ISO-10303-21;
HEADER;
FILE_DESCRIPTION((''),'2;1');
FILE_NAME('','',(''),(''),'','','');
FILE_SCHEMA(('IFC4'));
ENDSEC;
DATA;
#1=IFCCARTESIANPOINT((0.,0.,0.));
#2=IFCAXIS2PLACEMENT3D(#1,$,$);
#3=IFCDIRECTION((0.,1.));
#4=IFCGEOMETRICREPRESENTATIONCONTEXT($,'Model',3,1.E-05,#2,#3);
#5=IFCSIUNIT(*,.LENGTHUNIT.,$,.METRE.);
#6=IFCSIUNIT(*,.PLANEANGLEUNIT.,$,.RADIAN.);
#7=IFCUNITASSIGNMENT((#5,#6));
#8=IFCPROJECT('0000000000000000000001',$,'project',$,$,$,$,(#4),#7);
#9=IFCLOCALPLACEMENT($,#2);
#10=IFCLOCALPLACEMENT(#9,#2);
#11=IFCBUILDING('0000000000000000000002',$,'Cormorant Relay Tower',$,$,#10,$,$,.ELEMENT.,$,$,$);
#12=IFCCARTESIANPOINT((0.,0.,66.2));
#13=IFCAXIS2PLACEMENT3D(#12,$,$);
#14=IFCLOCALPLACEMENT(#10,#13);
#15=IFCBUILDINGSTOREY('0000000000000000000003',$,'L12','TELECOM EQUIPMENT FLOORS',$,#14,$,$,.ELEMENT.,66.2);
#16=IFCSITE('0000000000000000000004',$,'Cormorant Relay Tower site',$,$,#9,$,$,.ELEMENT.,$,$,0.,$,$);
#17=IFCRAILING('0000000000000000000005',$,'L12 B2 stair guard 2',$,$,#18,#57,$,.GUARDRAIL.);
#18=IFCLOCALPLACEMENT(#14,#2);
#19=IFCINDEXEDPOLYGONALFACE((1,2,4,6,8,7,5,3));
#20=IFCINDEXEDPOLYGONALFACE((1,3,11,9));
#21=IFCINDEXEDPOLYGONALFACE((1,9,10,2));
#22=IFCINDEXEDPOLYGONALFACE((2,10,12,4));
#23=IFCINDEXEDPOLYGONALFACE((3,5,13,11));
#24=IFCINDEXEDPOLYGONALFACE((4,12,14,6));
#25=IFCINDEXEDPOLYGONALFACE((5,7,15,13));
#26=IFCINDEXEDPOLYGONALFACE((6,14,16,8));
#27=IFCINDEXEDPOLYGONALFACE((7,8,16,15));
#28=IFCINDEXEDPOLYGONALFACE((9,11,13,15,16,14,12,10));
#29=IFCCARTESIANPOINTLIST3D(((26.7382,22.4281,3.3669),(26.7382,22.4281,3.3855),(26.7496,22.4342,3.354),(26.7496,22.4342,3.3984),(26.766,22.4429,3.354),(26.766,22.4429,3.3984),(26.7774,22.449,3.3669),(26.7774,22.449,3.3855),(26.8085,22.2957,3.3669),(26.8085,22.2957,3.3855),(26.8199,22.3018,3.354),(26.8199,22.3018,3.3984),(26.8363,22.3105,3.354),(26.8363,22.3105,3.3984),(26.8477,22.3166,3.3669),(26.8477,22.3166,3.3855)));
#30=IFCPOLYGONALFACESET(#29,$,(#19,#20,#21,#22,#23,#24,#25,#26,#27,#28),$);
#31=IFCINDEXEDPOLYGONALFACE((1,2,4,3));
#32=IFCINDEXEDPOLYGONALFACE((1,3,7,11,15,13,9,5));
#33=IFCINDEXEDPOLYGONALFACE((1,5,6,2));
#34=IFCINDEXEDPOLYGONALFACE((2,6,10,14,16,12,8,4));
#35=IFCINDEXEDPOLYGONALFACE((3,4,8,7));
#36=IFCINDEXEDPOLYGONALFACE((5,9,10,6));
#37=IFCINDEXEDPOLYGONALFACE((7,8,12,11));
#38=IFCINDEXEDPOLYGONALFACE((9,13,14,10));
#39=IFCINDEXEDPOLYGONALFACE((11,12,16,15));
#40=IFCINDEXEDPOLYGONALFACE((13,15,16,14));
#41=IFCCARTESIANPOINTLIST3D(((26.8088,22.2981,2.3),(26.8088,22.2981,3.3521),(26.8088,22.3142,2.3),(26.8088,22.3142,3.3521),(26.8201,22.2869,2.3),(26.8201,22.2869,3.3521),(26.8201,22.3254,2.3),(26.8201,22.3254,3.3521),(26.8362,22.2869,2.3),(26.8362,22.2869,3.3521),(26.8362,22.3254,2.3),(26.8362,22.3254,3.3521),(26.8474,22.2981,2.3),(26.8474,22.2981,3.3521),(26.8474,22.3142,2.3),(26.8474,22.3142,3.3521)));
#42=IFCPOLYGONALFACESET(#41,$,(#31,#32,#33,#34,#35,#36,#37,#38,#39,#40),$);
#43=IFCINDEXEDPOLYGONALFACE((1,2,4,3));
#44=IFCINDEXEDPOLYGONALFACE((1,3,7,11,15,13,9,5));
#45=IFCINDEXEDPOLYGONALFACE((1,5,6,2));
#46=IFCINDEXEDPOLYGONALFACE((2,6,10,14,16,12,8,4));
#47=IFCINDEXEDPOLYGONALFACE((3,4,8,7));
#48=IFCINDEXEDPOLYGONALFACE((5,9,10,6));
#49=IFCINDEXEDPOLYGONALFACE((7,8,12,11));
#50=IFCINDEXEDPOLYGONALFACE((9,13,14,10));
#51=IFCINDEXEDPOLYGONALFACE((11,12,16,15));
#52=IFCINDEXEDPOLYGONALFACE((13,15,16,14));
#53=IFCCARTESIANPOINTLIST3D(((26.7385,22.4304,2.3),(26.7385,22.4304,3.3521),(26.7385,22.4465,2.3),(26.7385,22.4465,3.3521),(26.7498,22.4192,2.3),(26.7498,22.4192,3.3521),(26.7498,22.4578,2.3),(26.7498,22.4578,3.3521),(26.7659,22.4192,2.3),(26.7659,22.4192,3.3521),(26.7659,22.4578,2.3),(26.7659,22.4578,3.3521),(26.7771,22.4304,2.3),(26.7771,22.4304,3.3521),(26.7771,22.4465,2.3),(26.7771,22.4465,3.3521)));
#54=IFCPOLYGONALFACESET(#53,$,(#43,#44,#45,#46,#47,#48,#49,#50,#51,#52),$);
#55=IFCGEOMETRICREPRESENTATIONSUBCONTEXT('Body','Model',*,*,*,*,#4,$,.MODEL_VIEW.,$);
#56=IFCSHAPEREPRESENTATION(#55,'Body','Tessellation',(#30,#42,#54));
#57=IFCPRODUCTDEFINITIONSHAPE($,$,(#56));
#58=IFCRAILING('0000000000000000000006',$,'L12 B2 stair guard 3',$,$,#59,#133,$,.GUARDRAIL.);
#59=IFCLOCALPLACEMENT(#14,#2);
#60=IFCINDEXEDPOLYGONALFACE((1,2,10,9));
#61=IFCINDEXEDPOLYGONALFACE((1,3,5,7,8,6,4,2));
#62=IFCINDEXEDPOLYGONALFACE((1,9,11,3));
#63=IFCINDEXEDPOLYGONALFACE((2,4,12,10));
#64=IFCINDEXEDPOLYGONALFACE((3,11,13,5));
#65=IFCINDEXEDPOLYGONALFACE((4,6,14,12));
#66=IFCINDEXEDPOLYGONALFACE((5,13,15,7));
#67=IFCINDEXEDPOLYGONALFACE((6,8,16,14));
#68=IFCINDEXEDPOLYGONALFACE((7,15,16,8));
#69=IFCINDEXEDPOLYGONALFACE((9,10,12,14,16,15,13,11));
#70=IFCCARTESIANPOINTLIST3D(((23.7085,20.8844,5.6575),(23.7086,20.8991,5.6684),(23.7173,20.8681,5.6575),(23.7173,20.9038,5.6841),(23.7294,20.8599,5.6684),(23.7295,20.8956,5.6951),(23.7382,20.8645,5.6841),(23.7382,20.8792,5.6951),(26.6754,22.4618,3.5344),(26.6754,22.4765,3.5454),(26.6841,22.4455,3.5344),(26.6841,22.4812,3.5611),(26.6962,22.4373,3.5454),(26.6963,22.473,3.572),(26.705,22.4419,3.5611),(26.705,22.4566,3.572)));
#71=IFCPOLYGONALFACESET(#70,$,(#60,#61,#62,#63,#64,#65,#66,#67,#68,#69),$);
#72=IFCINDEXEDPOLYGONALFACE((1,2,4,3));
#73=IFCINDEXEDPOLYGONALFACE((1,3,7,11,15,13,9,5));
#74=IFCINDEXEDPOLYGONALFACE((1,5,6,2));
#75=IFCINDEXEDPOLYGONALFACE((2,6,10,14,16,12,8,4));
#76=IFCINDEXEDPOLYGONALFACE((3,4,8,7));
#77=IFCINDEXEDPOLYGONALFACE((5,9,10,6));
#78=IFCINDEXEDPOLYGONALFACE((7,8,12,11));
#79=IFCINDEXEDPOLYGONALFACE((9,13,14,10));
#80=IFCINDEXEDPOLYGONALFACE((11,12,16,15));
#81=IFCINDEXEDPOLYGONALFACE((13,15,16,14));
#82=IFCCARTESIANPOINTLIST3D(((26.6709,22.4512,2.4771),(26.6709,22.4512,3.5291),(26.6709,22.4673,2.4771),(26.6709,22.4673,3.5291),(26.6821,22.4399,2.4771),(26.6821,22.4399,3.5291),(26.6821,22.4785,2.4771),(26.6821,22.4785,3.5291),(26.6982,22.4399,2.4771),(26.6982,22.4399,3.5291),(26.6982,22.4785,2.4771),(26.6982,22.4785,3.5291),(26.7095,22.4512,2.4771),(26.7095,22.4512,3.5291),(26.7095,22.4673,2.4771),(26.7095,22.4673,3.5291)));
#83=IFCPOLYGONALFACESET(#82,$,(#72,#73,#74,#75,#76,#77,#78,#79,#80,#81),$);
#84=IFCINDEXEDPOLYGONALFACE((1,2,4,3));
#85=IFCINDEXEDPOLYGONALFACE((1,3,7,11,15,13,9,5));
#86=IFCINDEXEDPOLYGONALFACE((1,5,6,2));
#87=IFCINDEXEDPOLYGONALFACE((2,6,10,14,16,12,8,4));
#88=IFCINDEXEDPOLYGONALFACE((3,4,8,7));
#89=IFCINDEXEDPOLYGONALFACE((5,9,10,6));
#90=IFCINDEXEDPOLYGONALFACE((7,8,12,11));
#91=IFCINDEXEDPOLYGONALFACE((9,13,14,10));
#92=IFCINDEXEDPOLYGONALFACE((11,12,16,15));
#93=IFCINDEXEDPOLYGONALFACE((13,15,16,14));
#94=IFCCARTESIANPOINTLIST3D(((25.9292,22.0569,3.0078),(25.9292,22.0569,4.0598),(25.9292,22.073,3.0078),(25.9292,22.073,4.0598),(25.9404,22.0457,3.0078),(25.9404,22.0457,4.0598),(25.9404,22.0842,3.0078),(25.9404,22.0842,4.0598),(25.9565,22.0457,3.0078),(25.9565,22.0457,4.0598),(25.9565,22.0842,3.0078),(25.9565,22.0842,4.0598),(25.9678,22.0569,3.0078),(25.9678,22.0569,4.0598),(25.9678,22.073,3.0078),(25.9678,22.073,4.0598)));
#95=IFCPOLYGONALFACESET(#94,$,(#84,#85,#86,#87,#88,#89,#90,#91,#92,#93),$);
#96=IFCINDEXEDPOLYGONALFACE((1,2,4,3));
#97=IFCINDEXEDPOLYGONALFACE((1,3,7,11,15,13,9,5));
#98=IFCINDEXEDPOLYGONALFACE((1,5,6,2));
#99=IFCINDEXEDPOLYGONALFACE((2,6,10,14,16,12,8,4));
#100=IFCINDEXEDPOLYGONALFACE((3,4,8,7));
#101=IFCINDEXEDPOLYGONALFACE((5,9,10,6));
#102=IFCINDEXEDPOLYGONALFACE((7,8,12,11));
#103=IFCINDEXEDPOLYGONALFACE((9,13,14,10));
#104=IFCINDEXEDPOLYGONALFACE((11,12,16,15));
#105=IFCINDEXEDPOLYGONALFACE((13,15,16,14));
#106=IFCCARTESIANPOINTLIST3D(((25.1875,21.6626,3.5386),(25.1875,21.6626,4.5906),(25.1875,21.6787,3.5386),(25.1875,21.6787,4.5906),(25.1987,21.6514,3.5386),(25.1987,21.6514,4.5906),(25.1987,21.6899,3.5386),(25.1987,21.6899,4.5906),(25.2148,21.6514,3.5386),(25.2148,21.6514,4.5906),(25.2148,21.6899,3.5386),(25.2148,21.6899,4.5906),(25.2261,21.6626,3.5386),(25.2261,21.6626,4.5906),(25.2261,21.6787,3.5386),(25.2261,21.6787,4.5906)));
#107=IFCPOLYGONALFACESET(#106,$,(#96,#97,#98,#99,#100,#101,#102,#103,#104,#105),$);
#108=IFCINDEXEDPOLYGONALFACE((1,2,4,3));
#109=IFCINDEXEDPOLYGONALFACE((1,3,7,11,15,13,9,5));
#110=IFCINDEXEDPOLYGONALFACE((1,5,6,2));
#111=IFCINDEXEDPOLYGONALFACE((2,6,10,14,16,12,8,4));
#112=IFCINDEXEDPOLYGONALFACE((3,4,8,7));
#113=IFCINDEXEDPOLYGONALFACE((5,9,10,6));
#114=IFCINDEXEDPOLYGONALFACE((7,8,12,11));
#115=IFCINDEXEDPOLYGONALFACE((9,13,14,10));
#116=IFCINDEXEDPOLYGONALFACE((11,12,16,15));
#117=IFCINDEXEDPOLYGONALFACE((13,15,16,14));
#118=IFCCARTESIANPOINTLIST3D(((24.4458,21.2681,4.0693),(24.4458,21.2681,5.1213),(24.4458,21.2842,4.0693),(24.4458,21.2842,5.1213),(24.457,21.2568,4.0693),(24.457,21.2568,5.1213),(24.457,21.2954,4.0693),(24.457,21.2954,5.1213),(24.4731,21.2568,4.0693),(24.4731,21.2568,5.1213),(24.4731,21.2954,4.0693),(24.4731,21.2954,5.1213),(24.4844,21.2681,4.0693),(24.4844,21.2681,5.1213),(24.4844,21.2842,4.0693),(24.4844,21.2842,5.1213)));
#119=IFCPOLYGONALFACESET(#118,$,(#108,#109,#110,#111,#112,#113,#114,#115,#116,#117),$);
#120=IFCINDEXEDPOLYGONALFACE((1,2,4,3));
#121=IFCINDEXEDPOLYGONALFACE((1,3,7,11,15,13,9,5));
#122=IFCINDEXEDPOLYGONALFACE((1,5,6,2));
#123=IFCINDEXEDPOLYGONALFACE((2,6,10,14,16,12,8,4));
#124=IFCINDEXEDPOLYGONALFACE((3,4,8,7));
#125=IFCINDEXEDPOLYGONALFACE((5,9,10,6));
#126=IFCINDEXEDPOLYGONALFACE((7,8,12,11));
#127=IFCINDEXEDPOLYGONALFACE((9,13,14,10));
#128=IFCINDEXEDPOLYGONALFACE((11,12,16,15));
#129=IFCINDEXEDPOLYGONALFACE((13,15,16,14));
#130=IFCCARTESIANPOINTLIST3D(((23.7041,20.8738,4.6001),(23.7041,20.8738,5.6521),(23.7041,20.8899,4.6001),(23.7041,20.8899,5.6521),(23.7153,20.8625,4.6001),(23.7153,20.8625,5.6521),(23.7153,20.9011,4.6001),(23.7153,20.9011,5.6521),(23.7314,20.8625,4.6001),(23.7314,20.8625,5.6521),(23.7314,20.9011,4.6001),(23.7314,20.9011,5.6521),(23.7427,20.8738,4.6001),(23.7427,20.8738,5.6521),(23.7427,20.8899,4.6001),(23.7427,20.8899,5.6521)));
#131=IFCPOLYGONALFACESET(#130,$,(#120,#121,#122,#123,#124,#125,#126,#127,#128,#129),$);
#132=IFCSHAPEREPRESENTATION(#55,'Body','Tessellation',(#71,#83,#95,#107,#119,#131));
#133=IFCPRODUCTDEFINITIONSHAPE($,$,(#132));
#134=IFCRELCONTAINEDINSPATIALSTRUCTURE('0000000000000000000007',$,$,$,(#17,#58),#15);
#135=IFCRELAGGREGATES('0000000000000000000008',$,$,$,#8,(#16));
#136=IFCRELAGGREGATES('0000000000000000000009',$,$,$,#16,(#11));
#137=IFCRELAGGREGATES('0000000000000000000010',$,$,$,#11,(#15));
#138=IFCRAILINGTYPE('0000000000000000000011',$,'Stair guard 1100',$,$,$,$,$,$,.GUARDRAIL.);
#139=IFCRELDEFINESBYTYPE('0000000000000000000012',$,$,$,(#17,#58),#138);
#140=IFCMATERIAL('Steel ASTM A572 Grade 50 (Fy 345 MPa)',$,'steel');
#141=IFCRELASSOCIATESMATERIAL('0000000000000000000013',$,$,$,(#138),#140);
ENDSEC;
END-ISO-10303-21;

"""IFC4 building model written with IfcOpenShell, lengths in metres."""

from ifc_helpers import new_model, si_unit, direction, frame, origin, place, context, subcontext, project, spatial, polyline, outline, extrude, material, type_object, element, save


model = new_model("IFC4")

# Units and contexts
model_context = context("Model", 3, precision=1e-05, world=origin(), true_north=direction((0.0, 1.0)))
body_context = subcontext(model_context, "Body", "Model", "MODEL_VIEW")
ifc_project = project(units=[si_unit("LENGTHUNIT", "METRE"), si_unit("PLANEANGLEUNIT", "RADIAN")], contexts=[model_context])

# Site, building, storey
site_placement = place(None, origin())
site = spatial("IfcSite", under=ifc_project, at=site_placement, Name="Cormorant Relay Tower site", CompositionType="ELEMENT", RefElevation=0.0)
building_placement = place(site_placement, origin())
building = spatial("IfcBuilding", under=site, at=building_placement, Name="Cormorant Relay Tower", CompositionType="ELEMENT")
storey_placement = place(building_placement, frame((0.0, 0.0, 66.2)))
storey = spatial("IfcBuildingStorey", under=building, at=storey_placement, Name="L12", Description="TELECOM EQUIPMENT FLOORS", CompositionType="ELEMENT", Elevation=66.2)

# Railings
ifc_material_1 = material(Name="Steel ASTM A572 Grade 50 (Fy 345 MPa)", Category="steel")
railing_type = type_object("IfcRailingType", Name="Stair guard 1100", PredefinedType="GUARDRAIL", material=ifc_material_1)
railing_1_placement = place(storey_placement, frame((26.8281, 22.3062, 2.3)))
element("IfcRailing", 1, at=railing_1_placement, inside=storey, type_object=railing_type, Name="L12 B2 stair guard 2", PredefinedType="GUARDRAIL", context=body_context, shape_type="SweptSolid", body=[
    extrude(outline(polyline([(0.0222, 0.0093), (0.0093, 0.0222), (-0.0093, 0.0222), (-0.0222, 0.0093), (-0.0222, -0.0093), (-0.0093, -0.0222), (0.0093, -0.0222), (0.0222, -0.0093), (0.0222, 0.0093)])), frame((0.0, 0.0, 1.0762), z_axis=(-0.469235, 0.883074, 0.0), x_axis=(-0.883074, -0.469235, 0.0)), (0.0, 0.0, 1.0), 0.1499),
    extrude(outline(polyline([(0.0193, 0.0081), (0.0081, 0.0193), (-0.0081, 0.0193), (-0.0193, 0.0081), (-0.0193, -0.0081), (-0.0081, -0.0193), (0.0081, -0.0193), (0.0193, -0.0081), (0.0193, 0.0081)])), origin(), (0.0, 0.0, 1.0), 1.052),
    extrude(outline(polyline([(0.0193, 0.0081), (0.0081, 0.0193), (-0.0081, 0.0193), (-0.0193, 0.0081), (-0.0193, -0.0081), (-0.0081, -0.0193), (0.0081, -0.0193), (0.0193, -0.0081), (0.0193, 0.0081)])), frame((-0.0703, 0.1323, 0.0)), (0.0, 0.0, 1.0), 1.052),
])
railing_2_placement = place(storey_placement, frame((26.6902, 22.4592, 2.4771)))
element("IfcRailing", 2, at=railing_2_placement, inside=storey, type_object=railing_type, Name="L12 B2 stair guard 3", PredefinedType="GUARDRAIL", context=body_context, shape_type="SweptSolid", body=[
    extrude(outline(polyline([(0.0222, 0.0093), (0.0093, 0.0222), (-0.0093, 0.0222), (-0.0222, 0.0093), (-0.0222, -0.0093), (-0.0093, -0.0222), (0.0093, -0.0222), (0.0222, -0.0093), (0.0222, 0.0093)])), frame((0.0, 0.0, 1.0762), z_axis=(-0.746441, -0.396869, 0.534155), x_axis=(0.469453, -0.882958, 0.0)), (0.0, 0.0, 1.0), 3.9746),
    extrude(outline(polyline([(0.0193, 0.0081), (0.0081, 0.0193), (-0.0081, 0.0193), (-0.0193, 0.0081), (-0.0193, -0.0081), (-0.0081, -0.0193), (0.0081, -0.0193), (0.0193, -0.0081), (0.0193, 0.0081)])), origin(), (0.0, 0.0, 1.0), 1.052),
    extrude(outline(polyline([(0.0193, 0.0081), (0.0081, 0.0193), (-0.0081, 0.0193), (-0.0193, 0.0081), (-0.0193, -0.0081), (-0.0081, -0.0193), (0.0081, -0.0193), (0.0193, -0.0081), (0.0193, 0.0081)])), frame((-0.7417, -0.3943, 0.5308)), (0.0, 0.0, 1.0), 1.052),
    extrude(outline(polyline([(0.0193, 0.0081), (0.0081, 0.0193), (-0.0081, 0.0193), (-0.0193, 0.0081), (-0.0193, -0.0081), (-0.0081, -0.0193), (0.0081, -0.0193), (0.0193, -0.0081), (0.0193, 0.0081)])), frame((-1.4834, -0.7886, 1.0615)), (0.0, 0.0, 1.0), 1.052),
    extrude(outline(polyline([(0.0193, 0.0081), (0.0081, 0.0193), (-0.0081, 0.0193), (-0.0193, 0.0081), (-0.0193, -0.0081), (-0.0081, -0.0193), (0.0081, -0.0193), (0.0193, -0.0081), (0.0193, 0.0081)])), frame((-2.2251, -1.1831, 1.5923)), (0.0, 0.0, 1.0), 1.052),
    extrude(outline(polyline([(0.0193, 0.0081), (0.0081, 0.0193), (-0.0081, 0.0193), (-0.0193, 0.0081), (-0.0193, -0.0081), (-0.0081, -0.0193), (0.0081, -0.0193), (0.0193, -0.0081), (0.0193, 0.0081)])), frame((-2.9668, -1.5774, 2.123)), (0.0, 0.0, 1.0), 1.052),
])

save(model, "model.ifc")
